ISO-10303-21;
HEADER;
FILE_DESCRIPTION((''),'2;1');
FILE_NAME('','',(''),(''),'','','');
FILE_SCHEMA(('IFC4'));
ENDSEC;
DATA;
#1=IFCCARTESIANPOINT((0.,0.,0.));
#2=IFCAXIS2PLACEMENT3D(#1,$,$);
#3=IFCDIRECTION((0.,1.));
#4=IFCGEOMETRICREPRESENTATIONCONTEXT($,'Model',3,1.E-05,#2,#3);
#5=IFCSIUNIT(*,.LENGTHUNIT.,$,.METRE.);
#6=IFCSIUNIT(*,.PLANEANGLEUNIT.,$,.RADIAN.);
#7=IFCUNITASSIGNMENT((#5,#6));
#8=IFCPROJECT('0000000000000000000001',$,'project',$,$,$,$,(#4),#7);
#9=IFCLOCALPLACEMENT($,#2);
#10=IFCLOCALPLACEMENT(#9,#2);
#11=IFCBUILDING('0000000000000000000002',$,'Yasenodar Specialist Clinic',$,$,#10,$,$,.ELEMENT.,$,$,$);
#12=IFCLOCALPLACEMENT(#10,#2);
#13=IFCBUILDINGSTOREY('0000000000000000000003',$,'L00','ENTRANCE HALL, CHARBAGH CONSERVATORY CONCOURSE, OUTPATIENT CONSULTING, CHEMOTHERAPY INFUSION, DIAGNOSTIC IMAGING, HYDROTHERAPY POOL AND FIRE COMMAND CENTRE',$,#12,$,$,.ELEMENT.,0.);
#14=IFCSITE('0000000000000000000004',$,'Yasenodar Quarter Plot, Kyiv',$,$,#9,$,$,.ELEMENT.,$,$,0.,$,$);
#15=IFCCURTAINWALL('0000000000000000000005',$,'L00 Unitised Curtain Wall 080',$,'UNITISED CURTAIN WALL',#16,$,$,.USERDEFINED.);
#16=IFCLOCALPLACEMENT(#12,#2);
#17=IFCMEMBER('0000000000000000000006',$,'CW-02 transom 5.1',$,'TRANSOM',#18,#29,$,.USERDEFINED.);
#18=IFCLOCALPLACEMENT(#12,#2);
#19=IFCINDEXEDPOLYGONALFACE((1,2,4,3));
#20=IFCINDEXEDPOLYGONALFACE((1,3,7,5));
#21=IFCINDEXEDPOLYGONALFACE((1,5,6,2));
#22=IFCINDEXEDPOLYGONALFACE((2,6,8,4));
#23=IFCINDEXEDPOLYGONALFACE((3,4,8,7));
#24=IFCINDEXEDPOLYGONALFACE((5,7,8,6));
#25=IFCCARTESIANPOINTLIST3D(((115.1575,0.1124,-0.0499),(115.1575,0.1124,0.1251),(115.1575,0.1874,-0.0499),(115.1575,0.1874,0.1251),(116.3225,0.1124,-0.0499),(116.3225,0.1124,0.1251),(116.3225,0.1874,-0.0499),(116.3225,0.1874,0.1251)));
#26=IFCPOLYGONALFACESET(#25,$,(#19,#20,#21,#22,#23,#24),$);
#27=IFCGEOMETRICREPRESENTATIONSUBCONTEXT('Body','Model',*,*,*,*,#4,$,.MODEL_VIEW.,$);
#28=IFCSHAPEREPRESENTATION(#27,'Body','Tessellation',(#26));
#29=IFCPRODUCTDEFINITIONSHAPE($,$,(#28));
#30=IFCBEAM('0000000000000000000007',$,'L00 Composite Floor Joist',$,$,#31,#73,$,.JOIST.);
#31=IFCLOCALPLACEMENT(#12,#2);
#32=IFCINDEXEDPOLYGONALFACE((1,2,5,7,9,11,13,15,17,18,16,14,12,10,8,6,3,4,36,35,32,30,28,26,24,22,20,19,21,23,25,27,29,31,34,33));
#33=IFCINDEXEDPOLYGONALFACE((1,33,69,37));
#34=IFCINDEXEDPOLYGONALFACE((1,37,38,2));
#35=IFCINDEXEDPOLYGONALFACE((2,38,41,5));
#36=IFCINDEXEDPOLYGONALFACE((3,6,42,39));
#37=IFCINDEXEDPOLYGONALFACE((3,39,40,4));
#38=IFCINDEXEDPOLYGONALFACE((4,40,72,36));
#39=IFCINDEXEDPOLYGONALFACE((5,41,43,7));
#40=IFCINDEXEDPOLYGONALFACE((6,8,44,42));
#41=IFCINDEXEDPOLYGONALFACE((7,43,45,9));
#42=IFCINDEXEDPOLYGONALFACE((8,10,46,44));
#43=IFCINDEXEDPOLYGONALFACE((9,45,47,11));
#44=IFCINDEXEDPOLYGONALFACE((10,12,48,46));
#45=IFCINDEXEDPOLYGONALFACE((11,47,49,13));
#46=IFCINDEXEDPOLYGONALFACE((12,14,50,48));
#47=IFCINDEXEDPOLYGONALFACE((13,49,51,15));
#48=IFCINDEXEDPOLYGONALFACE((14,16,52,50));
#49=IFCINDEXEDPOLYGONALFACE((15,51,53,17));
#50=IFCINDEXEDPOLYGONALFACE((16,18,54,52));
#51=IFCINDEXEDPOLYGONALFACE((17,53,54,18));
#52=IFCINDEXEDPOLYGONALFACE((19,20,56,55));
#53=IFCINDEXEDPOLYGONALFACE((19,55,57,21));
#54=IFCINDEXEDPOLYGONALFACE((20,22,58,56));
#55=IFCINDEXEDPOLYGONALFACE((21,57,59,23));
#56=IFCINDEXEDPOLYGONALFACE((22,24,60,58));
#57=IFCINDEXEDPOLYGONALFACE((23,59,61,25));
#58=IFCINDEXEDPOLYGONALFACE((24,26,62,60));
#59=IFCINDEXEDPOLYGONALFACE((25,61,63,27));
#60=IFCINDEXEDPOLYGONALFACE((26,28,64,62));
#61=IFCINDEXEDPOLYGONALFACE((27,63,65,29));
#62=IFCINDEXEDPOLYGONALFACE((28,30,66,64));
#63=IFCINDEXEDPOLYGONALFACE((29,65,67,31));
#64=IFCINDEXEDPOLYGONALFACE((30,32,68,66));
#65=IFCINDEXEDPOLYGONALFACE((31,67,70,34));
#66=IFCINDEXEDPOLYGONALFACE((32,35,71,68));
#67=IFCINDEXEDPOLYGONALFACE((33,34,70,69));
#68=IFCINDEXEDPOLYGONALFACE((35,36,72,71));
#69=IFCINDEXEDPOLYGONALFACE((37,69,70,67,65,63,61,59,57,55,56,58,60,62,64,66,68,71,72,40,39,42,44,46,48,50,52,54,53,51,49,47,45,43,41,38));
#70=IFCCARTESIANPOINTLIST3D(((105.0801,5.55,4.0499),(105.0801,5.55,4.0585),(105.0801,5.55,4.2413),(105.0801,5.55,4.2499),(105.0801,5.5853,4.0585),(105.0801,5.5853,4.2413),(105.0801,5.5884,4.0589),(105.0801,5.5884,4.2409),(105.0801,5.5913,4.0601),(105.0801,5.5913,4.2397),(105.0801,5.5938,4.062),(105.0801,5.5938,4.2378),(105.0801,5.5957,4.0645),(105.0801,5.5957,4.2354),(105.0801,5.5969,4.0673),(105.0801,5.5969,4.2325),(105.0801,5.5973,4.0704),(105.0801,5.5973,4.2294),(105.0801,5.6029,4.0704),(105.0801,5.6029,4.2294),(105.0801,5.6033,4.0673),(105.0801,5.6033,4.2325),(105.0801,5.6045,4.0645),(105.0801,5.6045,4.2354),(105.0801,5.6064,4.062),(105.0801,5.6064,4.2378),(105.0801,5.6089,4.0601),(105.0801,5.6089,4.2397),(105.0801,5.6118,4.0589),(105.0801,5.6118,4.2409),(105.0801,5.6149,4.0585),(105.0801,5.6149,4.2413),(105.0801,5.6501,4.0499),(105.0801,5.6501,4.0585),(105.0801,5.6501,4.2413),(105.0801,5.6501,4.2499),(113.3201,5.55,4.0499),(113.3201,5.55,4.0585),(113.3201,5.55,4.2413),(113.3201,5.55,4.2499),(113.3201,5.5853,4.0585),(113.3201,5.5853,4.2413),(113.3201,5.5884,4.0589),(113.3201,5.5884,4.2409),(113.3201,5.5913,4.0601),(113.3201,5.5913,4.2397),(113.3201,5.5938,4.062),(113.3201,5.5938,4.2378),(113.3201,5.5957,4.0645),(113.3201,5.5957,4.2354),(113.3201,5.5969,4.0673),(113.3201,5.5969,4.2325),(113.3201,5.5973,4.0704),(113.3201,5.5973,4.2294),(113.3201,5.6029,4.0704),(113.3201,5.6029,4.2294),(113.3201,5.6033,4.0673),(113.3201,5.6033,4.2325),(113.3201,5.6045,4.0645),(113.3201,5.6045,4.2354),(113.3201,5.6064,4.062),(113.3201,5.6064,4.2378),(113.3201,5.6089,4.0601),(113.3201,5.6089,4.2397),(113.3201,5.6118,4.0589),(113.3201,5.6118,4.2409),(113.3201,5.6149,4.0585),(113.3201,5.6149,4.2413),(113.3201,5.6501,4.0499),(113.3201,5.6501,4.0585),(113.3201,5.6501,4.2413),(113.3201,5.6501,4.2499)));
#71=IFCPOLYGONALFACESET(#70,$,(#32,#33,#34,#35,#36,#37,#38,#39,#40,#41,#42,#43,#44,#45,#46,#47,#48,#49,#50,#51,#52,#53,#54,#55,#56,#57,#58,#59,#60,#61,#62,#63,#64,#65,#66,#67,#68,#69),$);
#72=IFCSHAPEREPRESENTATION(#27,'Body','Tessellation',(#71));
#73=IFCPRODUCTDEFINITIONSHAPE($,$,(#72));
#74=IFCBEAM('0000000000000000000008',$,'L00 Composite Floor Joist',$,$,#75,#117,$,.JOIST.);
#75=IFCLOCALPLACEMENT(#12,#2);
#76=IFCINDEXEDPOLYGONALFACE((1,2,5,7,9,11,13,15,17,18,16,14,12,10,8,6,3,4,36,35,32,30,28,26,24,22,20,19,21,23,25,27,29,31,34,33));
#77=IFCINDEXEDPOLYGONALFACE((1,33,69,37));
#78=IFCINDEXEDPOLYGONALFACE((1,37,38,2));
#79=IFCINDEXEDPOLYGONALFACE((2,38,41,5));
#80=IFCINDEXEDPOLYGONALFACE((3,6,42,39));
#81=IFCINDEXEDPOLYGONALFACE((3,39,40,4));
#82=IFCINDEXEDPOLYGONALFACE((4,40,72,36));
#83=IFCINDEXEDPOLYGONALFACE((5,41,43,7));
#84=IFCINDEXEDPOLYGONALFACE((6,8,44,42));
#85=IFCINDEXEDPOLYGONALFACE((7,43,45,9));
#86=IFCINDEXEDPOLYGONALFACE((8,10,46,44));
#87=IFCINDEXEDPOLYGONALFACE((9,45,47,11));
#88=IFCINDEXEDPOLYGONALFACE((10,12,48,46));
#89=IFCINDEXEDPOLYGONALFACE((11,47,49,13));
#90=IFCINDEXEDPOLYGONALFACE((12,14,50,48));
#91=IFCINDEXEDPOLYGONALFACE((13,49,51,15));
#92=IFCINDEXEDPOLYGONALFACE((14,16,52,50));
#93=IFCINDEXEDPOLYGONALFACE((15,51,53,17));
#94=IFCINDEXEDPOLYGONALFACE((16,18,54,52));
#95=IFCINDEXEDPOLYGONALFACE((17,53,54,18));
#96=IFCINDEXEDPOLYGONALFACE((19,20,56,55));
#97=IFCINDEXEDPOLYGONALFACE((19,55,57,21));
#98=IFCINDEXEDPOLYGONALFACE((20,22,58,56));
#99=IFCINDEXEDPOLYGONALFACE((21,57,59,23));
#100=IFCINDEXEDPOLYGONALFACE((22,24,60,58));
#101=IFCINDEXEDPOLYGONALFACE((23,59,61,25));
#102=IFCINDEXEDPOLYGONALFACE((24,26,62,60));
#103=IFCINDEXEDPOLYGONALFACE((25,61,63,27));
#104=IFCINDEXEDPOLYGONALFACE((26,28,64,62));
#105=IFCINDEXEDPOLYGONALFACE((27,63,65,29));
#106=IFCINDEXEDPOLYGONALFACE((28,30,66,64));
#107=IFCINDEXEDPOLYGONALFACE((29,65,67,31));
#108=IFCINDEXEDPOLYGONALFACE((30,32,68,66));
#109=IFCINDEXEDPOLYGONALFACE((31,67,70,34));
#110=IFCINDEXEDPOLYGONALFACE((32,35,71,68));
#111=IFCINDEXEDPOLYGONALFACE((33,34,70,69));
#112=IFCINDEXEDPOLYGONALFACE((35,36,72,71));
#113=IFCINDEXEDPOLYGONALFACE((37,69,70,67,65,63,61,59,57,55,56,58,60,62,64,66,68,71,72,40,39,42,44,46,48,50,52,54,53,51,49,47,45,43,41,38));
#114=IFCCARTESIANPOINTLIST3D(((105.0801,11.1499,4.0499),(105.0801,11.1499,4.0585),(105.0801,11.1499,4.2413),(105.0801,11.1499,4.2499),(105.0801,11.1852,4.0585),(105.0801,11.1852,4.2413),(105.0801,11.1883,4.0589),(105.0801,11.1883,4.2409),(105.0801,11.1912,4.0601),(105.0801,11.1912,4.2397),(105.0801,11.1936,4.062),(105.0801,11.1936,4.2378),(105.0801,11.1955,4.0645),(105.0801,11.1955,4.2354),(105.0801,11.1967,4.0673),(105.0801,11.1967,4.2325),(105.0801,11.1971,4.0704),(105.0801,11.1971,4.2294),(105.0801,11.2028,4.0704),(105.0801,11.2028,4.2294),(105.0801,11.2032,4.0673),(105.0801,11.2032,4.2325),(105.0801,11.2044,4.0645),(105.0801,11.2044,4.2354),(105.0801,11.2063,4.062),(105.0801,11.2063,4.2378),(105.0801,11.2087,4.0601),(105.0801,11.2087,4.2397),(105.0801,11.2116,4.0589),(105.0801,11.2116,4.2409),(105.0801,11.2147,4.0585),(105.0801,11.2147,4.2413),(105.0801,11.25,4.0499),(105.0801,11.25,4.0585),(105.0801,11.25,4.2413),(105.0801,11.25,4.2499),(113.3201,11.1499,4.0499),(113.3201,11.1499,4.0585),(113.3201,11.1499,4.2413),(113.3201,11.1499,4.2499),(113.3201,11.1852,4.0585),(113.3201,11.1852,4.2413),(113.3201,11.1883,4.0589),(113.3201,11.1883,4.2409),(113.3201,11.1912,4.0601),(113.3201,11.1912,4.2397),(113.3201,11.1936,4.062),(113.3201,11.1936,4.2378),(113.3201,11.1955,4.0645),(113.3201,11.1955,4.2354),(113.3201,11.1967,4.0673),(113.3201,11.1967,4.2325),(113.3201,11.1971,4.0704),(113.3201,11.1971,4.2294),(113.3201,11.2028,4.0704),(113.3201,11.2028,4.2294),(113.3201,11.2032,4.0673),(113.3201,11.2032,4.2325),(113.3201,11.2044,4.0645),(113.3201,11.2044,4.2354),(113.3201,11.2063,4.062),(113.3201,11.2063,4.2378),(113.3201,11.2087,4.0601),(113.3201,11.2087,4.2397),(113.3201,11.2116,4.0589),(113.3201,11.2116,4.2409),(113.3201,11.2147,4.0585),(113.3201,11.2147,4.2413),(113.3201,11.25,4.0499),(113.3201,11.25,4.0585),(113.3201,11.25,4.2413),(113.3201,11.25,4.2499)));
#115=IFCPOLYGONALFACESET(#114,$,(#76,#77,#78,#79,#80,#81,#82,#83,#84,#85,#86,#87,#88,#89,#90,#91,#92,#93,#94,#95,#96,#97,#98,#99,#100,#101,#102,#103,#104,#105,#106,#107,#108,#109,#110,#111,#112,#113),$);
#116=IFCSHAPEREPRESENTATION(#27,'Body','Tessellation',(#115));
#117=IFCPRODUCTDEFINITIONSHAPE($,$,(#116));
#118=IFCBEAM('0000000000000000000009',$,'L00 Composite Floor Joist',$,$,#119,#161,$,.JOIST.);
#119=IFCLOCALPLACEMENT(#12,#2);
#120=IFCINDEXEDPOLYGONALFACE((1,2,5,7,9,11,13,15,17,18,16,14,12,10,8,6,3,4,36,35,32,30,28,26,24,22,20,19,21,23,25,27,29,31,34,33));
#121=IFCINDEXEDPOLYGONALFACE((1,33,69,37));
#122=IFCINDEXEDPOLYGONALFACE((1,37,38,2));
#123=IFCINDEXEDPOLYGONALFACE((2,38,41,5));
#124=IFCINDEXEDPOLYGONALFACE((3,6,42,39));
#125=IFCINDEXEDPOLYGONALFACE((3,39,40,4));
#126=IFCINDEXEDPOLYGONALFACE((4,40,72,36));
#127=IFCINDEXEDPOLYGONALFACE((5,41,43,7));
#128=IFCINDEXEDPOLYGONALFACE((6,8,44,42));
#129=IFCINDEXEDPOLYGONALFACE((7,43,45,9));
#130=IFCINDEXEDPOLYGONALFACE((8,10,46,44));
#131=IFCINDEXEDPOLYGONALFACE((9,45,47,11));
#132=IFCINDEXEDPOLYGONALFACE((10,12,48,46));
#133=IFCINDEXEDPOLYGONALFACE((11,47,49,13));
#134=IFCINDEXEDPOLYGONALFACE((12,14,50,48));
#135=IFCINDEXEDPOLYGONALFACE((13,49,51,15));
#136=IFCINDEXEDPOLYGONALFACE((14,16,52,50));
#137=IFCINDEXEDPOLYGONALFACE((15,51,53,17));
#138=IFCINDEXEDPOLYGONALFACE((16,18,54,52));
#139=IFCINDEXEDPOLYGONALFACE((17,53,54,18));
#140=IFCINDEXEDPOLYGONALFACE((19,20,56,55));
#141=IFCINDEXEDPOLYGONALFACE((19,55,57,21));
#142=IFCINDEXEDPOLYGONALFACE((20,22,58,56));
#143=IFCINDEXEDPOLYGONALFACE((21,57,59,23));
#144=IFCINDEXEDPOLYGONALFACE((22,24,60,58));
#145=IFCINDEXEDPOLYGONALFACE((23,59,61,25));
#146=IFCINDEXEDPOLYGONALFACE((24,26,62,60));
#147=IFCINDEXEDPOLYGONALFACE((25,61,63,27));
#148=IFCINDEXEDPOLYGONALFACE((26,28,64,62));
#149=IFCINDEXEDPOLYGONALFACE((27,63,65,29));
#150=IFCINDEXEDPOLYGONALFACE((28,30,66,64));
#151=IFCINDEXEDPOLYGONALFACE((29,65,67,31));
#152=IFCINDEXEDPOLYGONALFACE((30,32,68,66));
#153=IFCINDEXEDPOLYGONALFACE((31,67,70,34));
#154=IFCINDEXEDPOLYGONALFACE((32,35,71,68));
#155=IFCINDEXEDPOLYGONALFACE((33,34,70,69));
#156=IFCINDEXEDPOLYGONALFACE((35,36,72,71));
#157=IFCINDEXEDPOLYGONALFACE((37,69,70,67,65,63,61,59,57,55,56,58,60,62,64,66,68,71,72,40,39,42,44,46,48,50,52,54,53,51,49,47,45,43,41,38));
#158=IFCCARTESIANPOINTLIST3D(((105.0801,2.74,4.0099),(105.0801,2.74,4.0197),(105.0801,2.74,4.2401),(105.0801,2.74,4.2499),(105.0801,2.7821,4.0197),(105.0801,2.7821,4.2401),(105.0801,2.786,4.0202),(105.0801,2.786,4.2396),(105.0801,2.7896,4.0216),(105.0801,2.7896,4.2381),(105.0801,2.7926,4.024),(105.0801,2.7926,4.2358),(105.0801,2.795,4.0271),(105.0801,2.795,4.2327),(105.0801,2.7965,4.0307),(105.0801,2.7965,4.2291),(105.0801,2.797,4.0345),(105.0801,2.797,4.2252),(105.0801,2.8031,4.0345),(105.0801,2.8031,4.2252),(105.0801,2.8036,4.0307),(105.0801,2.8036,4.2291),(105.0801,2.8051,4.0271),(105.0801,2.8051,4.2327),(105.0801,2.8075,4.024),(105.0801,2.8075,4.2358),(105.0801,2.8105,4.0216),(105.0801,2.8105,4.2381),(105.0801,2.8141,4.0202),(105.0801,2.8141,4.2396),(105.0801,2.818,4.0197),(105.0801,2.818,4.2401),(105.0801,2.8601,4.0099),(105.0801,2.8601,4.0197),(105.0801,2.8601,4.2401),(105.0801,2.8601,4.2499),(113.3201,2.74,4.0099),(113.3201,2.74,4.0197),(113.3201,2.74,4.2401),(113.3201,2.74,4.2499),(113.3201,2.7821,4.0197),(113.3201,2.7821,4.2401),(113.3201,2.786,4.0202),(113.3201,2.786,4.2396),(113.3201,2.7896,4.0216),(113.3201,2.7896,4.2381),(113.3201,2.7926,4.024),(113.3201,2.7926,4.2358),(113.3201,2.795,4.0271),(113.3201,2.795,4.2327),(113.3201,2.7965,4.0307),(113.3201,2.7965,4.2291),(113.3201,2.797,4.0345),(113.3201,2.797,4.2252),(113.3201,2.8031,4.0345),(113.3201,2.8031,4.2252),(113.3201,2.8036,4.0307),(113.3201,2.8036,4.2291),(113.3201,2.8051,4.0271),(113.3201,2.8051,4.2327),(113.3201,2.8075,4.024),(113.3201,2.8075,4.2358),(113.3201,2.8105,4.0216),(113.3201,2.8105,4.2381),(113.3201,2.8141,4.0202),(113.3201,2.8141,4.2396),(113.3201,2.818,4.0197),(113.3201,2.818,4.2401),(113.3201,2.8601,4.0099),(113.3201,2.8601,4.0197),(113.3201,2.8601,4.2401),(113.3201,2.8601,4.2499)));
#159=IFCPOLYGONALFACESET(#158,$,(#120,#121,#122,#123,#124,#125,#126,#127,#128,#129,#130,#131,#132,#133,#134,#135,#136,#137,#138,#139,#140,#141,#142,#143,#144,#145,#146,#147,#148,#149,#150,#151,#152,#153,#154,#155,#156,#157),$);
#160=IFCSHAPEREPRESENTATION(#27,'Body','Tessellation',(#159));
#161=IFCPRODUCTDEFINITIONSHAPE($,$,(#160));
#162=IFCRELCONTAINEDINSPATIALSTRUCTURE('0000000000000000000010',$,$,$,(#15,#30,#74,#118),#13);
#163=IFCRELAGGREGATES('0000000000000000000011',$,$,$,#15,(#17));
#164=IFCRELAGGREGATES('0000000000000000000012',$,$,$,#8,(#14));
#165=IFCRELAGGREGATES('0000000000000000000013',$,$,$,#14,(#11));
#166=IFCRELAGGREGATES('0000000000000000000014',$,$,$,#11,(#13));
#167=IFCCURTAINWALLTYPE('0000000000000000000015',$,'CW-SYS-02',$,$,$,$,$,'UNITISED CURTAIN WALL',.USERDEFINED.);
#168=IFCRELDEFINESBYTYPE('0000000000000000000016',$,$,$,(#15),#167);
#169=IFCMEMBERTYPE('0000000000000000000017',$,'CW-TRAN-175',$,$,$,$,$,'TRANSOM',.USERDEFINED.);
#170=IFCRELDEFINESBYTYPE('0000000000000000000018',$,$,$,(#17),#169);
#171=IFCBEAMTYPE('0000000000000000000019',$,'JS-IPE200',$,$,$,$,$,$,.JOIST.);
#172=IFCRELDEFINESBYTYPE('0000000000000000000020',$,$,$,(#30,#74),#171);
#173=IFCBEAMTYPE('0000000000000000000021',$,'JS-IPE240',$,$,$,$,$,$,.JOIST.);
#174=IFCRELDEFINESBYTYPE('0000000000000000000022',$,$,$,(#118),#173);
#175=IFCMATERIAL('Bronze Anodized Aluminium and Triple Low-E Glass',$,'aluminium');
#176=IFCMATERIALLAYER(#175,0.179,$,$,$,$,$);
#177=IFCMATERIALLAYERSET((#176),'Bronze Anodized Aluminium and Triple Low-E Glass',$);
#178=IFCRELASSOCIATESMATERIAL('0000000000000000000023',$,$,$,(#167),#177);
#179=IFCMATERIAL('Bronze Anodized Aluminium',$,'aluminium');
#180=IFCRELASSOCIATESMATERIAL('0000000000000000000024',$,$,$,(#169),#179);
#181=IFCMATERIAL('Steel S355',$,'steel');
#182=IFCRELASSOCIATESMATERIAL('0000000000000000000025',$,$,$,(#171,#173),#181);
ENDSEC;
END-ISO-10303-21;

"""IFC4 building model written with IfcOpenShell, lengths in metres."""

from ifc_helpers import new_model, si_unit, direction, frame, origin, origin_2d, place, context, subcontext, project, spatial, rectangle, i_section, extrude, material, layer, layer_set, material_profile, profile_set, type_object, element, aggregate, save


model = new_model("IFC4")

# Units and contexts
model_context = context("Model", 3, precision=1e-05, world=origin(), true_north=direction((0.0, 1.0)))
body_context = subcontext(model_context, "Body", "Model", "MODEL_VIEW")
ifc_project = project(units=[si_unit("LENGTHUNIT", "METRE"), si_unit("PLANEANGLEUNIT", "RADIAN")], contexts=[model_context])

# Site, building, storey
site_placement = place(None, origin())
site = spatial("IfcSite", under=ifc_project, at=site_placement, Name="Yasenodar Quarter Plot, Kyiv", CompositionType="ELEMENT", RefElevation=0.0)
building_placement = place(site_placement, origin())
building = spatial("IfcBuilding", under=site, at=building_placement, Name="Yasenodar Specialist Clinic", CompositionType="ELEMENT")
storey_placement = place(building_placement, origin())
storey = spatial("IfcBuildingStorey", under=building, at=storey_placement, Name="L00", Description="ENTRANCE HALL, CHARBAGH CONSERVATORY CONCOURSE, OUTPATIENT CONSULTING, CHEMOTHERAPY INFUSION, DIAGNOSTIC IMAGING, HYDROTHERAPY POOL AND FIRE COMMAND CENTRE", CompositionType="ELEMENT", Elevation=0.0)

# Shared definitions
ifc_material_1 = material(Name="Steel S355", Category="steel")

# Curtain wall, member
ifc_material_2 = material(Name="Bronze Anodized Aluminium and Triple Low-E Glass", Category="aluminium")
ifc_layer_1 = layer(ifc_material_2, 0.179)
ifc_layer_set_1 = layer_set([ifc_layer_1], Name="Bronze Anodized Aluminium and Triple Low-E Glass")
curtain_wall_type = type_object("IfcCurtainWallType", Name="CW-SYS-02", ElementType="UNITISED CURTAIN WALL", PredefinedType="USERDEFINED", material=ifc_layer_set_1)
curtain_wall_placement = place(storey_placement, origin())
curtain_wall = element("IfcCurtainWall", 1, at=curtain_wall_placement, inside=storey, type_object=curtain_wall_type, Name="L00 Unitised Curtain Wall 080", ObjectType="UNITISED CURTAIN WALL", PredefinedType="USERDEFINED")
ifc_material_3 = material(Name="Bronze Anodized Aluminium", Category="aluminium")
ifc_material_profile_1 = material_profile(ifc_material_3, rectangle(XDim=0.075, YDim=0.175, at=origin_2d()), Name="CW-TRAN 75x175")
ifc_profile_set_1 = profile_set([ifc_material_profile_1], Name="Bronze Anodized Aluminium")
member_type = type_object("IfcMemberType", Name="CW-TRAN-175", ElementType="TRANSOM", PredefinedType="USERDEFINED", material=ifc_profile_set_1)
member_placement = place(storey_placement, frame((116.3225, 0.1499, 0.0376), z_axis=(-1.0, 0.0, 0.0), x_axis=(0.0, -1.0, 0.0)))
member = element("IfcMember", 2, at=member_placement, type_object=member_type, Name="CW-02 transom 5.1", ObjectType="TRANSOM", PredefinedType="USERDEFINED", context=body_context, shape_type="SweptSolid", body=[
    extrude(rectangle(XDim=0.075, YDim=0.175, at=origin_2d()), origin(), (0.0, 0.0, 1.0), 1.165),
])
aggregate(curtain_wall, [member])

# Beams
ifc_material_profile_2 = material_profile(ifc_material_1, i_section(OverallWidth=0.1001, OverallDepth=0.2, WebThickness=0.0056, FlangeThickness=0.0085, FilletRadius=0.012, at=origin_2d()), Name="IPE 200")
ifc_profile_set_2 = profile_set([ifc_material_profile_2], Name="Steel S355")
beam_type_1 = type_object("IfcBeamType", Name="JS-IPE200", PredefinedType="JOIST", material=ifc_profile_set_2)
for number, where, z_axis, x_axis, name in (
    (3, (105.0801, 5.6001, 4.1499), (1.0, 0.0, 0.0), (0.0, 1.0, 0.0), "L00 Composite Floor Joist"),
    (4, (105.0801, 11.2, 4.1499), (1.0, 0.0, 0.0), (0.0, 1.0, 0.0), "L00 Composite Floor Joist"),
):
    element("IfcBeam", number, at=place(storey_placement, frame(where, z_axis=z_axis, x_axis=x_axis)), inside=storey, type_object=beam_type_1, Name=name, PredefinedType="JOIST", context=body_context, shape_type="SweptSolid", body=[
        extrude(i_section(OverallWidth=0.1001, OverallDepth=0.2, WebThickness=0.0056, FlangeThickness=0.0085, FilletRadius=0.012, at=origin_2d()), origin(), (0.0, 0.0, 1.0), 8.24),
    ])
ifc_material_profile_3 = material_profile(ifc_material_1, i_section(OverallWidth=0.1201, OverallDepth=0.24, WebThickness=0.0061, FlangeThickness=0.0098, FilletRadius=0.0149, at=origin_2d()), Name="IPE 240")
ifc_profile_set_3 = profile_set([ifc_material_profile_3], Name="Steel S355")
beam_type_2 = type_object("IfcBeamType", Name="JS-IPE240", PredefinedType="JOIST", material=ifc_profile_set_3)
beam_1_placement = place(storey_placement, frame((105.0801, 2.8, 4.1299), z_axis=(1.0, 0.0, 0.0), x_axis=(0.0, 1.0, 0.0)))
element("IfcBeam", 5, at=beam_1_placement, inside=storey, type_object=beam_type_2, Name="L00 Composite Floor Joist", PredefinedType="JOIST", context=body_context, shape_type="SweptSolid", body=[
    extrude(i_section(OverallWidth=0.1201, OverallDepth=0.24, WebThickness=0.0061, FlangeThickness=0.0098, FilletRadius=0.0149, at=origin_2d()), origin(), (0.0, 0.0, 1.0), 8.24),
])

save(model, "model.ifc")
